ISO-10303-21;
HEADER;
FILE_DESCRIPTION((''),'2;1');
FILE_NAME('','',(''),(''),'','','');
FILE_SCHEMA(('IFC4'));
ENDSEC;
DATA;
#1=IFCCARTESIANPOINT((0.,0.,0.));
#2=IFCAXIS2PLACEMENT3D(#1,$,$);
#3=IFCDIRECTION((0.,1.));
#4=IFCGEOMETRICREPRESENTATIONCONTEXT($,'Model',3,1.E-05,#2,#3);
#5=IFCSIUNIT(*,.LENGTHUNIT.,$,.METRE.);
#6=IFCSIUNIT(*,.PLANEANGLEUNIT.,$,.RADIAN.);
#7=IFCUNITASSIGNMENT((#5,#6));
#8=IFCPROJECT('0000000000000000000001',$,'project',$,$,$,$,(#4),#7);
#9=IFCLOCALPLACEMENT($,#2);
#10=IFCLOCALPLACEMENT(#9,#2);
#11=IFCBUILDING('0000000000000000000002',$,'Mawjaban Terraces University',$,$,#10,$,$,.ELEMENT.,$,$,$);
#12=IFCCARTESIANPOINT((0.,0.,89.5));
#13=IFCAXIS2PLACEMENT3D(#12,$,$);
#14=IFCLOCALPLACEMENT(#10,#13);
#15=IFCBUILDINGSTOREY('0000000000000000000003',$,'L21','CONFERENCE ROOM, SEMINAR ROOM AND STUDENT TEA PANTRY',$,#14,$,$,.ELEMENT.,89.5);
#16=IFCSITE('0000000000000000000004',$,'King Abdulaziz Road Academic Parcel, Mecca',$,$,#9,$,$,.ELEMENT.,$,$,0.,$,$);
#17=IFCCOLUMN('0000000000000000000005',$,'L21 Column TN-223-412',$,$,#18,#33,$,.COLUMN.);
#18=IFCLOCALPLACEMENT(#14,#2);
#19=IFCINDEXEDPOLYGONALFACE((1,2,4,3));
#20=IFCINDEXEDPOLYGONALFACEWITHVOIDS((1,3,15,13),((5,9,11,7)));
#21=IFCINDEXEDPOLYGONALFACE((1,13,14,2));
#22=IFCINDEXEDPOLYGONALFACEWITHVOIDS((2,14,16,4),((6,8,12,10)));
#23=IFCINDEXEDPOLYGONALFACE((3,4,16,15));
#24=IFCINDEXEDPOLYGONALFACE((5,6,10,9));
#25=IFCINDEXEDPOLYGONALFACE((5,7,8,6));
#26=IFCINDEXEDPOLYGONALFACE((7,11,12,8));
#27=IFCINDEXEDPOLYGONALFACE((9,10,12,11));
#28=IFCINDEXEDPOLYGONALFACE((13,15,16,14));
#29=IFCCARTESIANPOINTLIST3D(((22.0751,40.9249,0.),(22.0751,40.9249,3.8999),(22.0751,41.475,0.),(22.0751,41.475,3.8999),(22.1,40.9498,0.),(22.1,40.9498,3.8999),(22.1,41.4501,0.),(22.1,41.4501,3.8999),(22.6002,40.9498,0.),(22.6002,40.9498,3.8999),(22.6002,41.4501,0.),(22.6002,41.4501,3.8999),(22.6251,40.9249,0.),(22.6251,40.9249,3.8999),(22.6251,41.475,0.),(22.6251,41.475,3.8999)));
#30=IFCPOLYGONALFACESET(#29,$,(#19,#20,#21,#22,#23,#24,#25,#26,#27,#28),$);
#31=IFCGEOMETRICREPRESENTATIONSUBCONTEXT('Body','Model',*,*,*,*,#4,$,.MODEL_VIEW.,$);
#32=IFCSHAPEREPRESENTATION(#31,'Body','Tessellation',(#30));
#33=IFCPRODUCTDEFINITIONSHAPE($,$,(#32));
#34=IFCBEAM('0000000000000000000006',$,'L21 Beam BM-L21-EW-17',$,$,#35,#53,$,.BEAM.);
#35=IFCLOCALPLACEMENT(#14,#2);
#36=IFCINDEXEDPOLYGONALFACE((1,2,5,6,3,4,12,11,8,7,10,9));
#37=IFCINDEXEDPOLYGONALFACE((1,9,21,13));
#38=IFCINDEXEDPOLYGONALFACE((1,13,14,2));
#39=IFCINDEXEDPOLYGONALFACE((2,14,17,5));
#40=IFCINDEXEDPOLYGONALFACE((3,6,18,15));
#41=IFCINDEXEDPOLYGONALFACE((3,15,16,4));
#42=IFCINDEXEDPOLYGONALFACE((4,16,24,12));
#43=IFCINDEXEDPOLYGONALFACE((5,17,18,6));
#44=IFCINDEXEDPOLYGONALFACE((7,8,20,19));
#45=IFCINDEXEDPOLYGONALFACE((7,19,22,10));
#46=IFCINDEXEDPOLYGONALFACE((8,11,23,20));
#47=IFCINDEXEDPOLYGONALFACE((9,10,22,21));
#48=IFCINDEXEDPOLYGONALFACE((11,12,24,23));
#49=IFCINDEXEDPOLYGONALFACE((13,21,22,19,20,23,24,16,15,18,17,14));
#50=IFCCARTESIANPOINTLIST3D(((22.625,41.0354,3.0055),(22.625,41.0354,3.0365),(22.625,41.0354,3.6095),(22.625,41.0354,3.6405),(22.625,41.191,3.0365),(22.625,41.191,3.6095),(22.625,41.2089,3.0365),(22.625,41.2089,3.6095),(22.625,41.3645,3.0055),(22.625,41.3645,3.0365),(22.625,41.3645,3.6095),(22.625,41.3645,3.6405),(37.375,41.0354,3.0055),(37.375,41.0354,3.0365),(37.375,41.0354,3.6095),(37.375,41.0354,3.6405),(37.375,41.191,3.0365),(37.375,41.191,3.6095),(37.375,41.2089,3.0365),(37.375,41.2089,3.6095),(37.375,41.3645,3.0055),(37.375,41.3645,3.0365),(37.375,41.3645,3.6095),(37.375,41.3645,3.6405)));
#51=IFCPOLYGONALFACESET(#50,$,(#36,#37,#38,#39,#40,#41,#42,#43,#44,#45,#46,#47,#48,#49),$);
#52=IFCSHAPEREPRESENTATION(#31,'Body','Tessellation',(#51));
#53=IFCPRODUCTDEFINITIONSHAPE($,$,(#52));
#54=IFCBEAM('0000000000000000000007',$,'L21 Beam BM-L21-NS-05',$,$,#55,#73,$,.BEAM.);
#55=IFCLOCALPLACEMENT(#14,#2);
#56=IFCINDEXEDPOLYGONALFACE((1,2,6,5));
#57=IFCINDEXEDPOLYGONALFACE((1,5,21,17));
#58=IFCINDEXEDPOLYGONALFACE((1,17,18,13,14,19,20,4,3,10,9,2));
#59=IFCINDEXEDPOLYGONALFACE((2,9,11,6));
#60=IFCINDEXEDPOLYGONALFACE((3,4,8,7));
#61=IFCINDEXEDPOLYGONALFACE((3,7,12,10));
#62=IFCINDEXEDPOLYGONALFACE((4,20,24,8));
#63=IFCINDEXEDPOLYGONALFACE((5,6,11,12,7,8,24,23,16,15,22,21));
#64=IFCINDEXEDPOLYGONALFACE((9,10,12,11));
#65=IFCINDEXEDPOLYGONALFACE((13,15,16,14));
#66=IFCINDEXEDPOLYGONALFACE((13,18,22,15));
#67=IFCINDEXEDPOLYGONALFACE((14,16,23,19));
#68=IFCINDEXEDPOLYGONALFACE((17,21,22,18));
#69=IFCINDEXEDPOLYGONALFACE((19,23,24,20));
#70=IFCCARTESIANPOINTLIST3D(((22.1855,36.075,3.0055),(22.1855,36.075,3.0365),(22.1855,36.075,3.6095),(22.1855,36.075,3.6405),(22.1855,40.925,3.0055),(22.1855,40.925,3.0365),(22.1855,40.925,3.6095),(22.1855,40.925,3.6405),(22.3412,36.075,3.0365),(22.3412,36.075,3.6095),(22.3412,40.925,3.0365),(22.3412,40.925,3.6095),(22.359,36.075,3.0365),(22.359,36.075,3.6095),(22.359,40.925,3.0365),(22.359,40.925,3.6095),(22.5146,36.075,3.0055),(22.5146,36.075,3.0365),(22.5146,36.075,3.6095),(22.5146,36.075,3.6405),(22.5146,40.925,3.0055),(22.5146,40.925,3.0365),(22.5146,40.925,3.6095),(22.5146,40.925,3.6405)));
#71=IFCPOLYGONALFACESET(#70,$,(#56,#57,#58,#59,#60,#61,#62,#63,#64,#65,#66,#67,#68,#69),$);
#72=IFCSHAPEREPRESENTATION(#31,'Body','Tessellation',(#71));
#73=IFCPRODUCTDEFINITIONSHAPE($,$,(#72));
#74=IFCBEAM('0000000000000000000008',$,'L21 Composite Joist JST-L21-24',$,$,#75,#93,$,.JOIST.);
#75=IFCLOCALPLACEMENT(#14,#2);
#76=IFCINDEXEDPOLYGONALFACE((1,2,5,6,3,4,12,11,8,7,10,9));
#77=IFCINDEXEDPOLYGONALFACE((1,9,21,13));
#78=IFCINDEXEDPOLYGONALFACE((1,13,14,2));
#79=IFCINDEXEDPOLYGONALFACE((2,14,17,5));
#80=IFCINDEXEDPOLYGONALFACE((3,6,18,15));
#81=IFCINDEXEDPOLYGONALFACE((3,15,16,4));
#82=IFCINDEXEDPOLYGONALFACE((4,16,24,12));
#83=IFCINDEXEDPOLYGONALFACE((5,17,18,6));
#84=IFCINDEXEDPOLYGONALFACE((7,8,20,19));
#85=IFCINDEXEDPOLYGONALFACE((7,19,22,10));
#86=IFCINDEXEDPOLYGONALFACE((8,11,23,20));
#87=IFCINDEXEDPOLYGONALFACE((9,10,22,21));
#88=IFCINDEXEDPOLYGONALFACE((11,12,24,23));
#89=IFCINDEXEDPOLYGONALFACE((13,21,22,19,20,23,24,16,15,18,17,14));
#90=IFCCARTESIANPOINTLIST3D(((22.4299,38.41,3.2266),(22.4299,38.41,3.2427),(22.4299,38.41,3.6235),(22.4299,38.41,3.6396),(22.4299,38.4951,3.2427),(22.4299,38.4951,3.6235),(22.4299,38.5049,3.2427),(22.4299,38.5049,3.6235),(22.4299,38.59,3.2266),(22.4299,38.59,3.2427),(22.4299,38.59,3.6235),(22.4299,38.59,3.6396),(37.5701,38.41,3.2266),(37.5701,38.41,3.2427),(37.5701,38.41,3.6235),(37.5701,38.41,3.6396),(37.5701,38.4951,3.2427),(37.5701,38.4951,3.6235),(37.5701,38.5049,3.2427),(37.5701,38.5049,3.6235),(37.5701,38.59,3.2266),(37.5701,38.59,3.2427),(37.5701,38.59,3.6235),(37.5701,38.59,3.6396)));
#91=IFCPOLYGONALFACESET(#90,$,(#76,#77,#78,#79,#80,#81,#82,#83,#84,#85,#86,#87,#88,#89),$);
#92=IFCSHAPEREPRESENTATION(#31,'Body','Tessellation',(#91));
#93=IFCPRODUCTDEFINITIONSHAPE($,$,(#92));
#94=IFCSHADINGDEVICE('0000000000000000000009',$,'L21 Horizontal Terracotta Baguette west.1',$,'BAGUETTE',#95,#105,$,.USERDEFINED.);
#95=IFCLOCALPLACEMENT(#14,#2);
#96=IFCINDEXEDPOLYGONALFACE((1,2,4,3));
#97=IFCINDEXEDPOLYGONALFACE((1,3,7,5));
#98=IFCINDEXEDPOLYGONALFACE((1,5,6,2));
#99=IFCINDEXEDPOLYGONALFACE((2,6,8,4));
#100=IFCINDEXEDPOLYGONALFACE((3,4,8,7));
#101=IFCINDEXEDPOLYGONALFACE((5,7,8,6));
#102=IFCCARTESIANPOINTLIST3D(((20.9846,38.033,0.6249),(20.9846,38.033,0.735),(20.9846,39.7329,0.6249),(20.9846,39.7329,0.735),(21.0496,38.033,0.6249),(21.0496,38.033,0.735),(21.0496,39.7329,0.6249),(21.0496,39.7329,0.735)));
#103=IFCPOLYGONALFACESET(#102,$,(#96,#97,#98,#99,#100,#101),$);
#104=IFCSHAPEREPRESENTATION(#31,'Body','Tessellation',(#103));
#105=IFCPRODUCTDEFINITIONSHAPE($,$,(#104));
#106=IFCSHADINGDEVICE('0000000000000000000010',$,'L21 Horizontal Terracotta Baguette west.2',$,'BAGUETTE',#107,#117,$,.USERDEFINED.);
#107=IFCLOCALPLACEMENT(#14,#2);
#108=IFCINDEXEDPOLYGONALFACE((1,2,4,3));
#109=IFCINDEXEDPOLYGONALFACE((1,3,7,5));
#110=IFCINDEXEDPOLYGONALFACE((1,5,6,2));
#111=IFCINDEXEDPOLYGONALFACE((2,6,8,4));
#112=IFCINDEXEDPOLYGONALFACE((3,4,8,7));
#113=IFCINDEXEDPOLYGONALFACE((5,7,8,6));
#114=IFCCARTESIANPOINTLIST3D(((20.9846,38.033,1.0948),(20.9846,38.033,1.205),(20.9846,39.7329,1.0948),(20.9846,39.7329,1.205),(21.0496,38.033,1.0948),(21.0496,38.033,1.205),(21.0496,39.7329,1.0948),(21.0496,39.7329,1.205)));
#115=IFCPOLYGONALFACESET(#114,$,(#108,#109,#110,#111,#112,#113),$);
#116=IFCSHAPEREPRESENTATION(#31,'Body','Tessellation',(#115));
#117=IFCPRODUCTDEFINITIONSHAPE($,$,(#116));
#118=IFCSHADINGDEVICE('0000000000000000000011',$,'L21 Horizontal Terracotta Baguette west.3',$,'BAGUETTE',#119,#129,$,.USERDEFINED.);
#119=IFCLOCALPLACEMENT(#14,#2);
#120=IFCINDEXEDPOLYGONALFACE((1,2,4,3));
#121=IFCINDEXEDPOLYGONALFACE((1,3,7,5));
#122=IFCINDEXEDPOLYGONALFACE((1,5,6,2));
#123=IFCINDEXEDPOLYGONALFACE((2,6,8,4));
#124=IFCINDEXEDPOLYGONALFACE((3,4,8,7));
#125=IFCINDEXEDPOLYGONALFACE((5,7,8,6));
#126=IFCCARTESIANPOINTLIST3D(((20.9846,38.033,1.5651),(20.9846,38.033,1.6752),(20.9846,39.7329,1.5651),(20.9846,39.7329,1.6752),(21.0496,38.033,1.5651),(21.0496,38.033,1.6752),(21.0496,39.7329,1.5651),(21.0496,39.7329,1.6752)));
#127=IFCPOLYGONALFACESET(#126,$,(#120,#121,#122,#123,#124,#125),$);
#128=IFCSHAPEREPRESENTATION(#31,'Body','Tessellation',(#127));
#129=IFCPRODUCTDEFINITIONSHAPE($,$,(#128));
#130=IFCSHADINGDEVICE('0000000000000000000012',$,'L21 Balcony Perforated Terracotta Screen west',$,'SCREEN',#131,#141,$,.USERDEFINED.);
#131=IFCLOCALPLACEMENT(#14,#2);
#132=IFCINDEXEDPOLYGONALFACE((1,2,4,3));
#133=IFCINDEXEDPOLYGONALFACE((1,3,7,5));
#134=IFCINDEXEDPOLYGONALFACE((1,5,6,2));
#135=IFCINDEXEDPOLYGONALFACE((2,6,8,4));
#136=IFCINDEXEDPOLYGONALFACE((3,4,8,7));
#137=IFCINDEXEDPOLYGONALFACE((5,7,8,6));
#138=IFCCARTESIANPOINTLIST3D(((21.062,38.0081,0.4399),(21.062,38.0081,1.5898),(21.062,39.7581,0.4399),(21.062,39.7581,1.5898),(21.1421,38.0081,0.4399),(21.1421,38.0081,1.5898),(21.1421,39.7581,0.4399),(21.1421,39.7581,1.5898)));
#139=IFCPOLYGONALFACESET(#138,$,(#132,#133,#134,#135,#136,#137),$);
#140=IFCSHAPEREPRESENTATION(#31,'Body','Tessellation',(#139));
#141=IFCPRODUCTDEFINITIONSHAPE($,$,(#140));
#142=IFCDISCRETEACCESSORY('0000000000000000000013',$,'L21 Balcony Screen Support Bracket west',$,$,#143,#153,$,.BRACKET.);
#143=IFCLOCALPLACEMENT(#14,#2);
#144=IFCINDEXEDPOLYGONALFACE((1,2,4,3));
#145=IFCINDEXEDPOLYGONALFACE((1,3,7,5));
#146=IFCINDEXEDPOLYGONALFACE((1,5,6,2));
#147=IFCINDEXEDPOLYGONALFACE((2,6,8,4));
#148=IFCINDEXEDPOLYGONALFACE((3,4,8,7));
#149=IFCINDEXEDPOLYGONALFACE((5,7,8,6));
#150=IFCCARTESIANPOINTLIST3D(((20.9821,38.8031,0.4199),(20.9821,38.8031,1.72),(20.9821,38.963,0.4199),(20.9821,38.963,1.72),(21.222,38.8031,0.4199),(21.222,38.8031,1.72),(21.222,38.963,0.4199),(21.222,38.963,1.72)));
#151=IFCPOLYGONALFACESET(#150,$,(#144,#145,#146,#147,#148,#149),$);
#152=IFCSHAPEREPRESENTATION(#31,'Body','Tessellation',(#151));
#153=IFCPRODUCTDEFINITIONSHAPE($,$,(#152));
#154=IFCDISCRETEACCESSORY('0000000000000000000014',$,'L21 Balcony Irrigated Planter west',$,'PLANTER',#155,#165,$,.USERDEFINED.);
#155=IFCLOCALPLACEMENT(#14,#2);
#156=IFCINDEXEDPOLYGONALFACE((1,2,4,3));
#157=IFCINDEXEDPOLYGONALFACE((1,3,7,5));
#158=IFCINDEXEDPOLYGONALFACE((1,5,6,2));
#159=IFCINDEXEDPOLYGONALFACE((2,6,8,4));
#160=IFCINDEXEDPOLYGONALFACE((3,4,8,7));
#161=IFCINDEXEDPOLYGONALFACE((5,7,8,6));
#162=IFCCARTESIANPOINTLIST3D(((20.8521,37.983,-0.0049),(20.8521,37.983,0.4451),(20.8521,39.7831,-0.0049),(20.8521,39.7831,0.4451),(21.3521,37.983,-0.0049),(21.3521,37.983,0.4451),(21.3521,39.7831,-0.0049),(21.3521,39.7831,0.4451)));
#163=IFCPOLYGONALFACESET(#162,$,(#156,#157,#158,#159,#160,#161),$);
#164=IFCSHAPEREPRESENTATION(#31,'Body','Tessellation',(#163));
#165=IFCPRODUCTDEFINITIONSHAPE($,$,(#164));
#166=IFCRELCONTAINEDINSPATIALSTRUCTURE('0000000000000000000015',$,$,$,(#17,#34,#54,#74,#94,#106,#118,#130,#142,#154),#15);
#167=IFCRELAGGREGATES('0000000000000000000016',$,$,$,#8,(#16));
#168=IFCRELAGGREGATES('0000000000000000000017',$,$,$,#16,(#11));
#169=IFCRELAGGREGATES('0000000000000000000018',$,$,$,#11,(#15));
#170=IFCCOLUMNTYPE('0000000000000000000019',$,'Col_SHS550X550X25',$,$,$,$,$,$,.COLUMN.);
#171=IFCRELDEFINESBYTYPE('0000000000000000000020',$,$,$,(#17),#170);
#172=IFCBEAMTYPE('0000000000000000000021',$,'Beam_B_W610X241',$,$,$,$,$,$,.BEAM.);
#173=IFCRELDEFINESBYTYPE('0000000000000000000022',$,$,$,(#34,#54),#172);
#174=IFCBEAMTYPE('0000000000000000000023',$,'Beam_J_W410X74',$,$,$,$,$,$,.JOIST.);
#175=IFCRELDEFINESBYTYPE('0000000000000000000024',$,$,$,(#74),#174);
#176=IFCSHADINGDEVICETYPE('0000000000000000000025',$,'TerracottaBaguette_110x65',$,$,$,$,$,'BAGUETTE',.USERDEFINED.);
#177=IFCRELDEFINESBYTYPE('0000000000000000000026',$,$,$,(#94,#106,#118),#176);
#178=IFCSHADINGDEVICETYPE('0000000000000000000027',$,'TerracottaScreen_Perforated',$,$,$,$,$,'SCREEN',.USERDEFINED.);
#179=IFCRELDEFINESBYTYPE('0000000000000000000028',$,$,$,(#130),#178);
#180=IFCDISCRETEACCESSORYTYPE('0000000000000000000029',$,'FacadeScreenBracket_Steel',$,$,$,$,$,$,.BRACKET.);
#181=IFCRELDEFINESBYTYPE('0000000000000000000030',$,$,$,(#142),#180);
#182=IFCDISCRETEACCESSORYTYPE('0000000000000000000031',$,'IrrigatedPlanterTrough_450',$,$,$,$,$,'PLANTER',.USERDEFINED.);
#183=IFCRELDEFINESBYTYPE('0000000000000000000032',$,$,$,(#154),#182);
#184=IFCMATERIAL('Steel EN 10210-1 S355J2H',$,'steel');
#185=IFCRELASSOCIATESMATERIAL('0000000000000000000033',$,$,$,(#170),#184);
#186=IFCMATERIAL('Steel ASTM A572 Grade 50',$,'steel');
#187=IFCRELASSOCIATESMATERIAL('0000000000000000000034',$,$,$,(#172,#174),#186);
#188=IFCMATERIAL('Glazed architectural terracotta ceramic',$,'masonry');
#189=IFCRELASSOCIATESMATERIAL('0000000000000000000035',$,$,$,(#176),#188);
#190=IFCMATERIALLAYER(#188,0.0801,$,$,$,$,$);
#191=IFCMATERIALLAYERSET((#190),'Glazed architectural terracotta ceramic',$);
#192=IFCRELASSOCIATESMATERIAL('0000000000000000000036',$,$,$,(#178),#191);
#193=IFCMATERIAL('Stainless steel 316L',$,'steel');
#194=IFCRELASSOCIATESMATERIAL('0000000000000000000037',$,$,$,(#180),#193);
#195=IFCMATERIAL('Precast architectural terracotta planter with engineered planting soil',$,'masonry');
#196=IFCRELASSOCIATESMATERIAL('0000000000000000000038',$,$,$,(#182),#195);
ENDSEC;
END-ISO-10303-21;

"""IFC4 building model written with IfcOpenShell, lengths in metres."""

from ifc_helpers import new_model, si_unit, direction, frame, origin, origin_2d, place, context, subcontext, project, spatial, rectangle, hollow_rectangle, i_section, extrude, material, layer, layer_set, material_profile, profile_set, type_object, element, save


model = new_model("IFC4")

# Units and contexts
model_context = context("Model", 3, precision=1e-05, world=origin(), true_north=direction((0.0, 1.0)))
body_context = subcontext(model_context, "Body", "Model", "MODEL_VIEW")
ifc_project = project(units=[si_unit("LENGTHUNIT", "METRE"), si_unit("PLANEANGLEUNIT", "RADIAN")], contexts=[model_context])

# Site, building, storey
site_placement = place(None, origin())
site = spatial("IfcSite", under=ifc_project, at=site_placement, Name="King Abdulaziz Road Academic Parcel, Mecca", CompositionType="ELEMENT", RefElevation=0.0)
building_placement = place(site_placement, origin())
building = spatial("IfcBuilding", under=site, at=building_placement, Name="Mawjaban Terraces University", CompositionType="ELEMENT")
storey_placement = place(building_placement, frame((0.0, 0.0, 89.5)))
storey = spatial("IfcBuildingStorey", under=building, at=storey_placement, Name="L21", Description="CONFERENCE ROOM, SEMINAR ROOM AND STUDENT TEA PANTRY", CompositionType="ELEMENT", Elevation=89.5)

# Column
ifc_material_1 = material(Name="Steel EN 10210-1 S355J2H", Category="steel")
ifc_material_profile_1 = material_profile(ifc_material_1, hollow_rectangle(XDim=0.55, YDim=0.55, WallThickness=0.0249, at=origin_2d()), Name="SHS550X550X25")
ifc_profile_set_1 = profile_set([ifc_material_profile_1], Name="Steel EN 10210-1 S355J2H")
column_type = type_object("IfcColumnType", Name="Col_SHS550X550X25", PredefinedType="COLUMN", material=ifc_profile_set_1)
column_placement = place(storey_placement, frame((22.3501, 41.2, 0.0), z_axis=(0.0, 0.0, 1.0), x_axis=(1.0, 0.0, 0.0)))
element("IfcColumn", 1, at=column_placement, inside=storey, type_object=column_type, Name="L21 Column TN-223-412", PredefinedType="COLUMN", context=body_context, shape_type="SweptSolid", body=[
    extrude(hollow_rectangle(XDim=0.55, YDim=0.55, WallThickness=0.0249, at=origin_2d()), origin(), (0.0, 0.0, 1.0), 3.8999),
])

# Beams
ifc_material_2 = material(Name="Steel ASTM A572 Grade 50", Category="steel")
ifc_material_profile_2 = material_profile(ifc_material_2, i_section(OverallWidth=0.3291, OverallDepth=0.635, WebThickness=0.0178, FlangeThickness=0.031, at=origin_2d()), Name="W610X241")
ifc_profile_set_2 = profile_set([ifc_material_profile_2], Name="Steel ASTM A572 Grade 50")
beam_type_1 = type_object("IfcBeamType", Name="Beam_B_W610X241", PredefinedType="BEAM", material=ifc_profile_set_2)
beam_1_placement = place(storey_placement, frame((22.625, 41.2, 3.323), z_axis=(1.0, 0.0, 0.0), x_axis=(0.0, 1.0, 0.0)))
element("IfcBeam", 2, at=beam_1_placement, inside=storey, type_object=beam_type_1, Name="L21 Beam BM-L21-EW-17", PredefinedType="BEAM", context=body_context, shape_type="SweptSolid", body=[
    extrude(i_section(OverallWidth=0.3291, OverallDepth=0.635, WebThickness=0.0178, FlangeThickness=0.031, at=origin_2d()), origin(), (0.0, 0.0, 1.0), 14.75),
])
beam_2_placement = place(storey_placement, frame((22.3501, 36.075, 3.323), z_axis=(0.0, 1.0, 0.0), x_axis=(-1.0, 0.0, 0.0)))
element("IfcBeam", 3, at=beam_2_placement, inside=storey, type_object=beam_type_1, Name="L21 Beam BM-L21-NS-05", PredefinedType="BEAM", context=body_context, shape_type="SweptSolid", body=[
    extrude(i_section(OverallWidth=0.3291, OverallDepth=0.635, WebThickness=0.0178, FlangeThickness=0.031, at=origin_2d()), origin(), (0.0, 0.0, 1.0), 4.8501),
])
ifc_material_profile_3 = material_profile(ifc_material_2, i_section(OverallWidth=0.1799, OverallDepth=0.4131, WebThickness=0.0098, FlangeThickness=0.0161, at=origin_2d()), Name="W410X74")
ifc_profile_set_3 = profile_set([ifc_material_profile_3], Name="Steel ASTM A572 Grade 50")
beam_type_2 = type_object("IfcBeamType", Name="Beam_J_W410X74", PredefinedType="JOIST", material=ifc_profile_set_3)
beam_3_placement = place(storey_placement, frame((22.4299, 38.5, 3.4331), z_axis=(1.0, 0.0, 0.0), x_axis=(0.0, 1.0, 0.0)))
element("IfcBeam", 4, at=beam_3_placement, inside=storey, type_object=beam_type_2, Name="L21 Composite Joist JST-L21-24", PredefinedType="JOIST", context=body_context, shape_type="SweptSolid", body=[
    extrude(i_section(OverallWidth=0.1799, OverallDepth=0.4131, WebThickness=0.0098, FlangeThickness=0.0161, at=origin_2d()), origin(), (0.0, 0.0, 1.0), 15.1401),
])

# Shading devices
ifc_material_3 = material(Name="Glazed architectural terracotta ceramic", Category="masonry")
ifc_material_profile_4 = material_profile(ifc_material_3, rectangle(XDim=0.0649, YDim=0.1101, at=origin_2d()), Name="TBAG110X65")
ifc_profile_set_4 = profile_set([ifc_material_profile_4], Name="Glazed architectural terracotta ceramic")
shading_device_type_1 = type_object("IfcShadingDeviceType", Name="TerracottaBaguette_110x65", ElementType="BAGUETTE", PredefinedType="USERDEFINED", material=ifc_profile_set_4)
for number, where, z_axis, x_axis, name in (
    (5, (21.0171, 38.033, 0.6799), (0.0, 1.0, 0.0), (-1.0, 0.0, 0.0), "L21 Horizontal Terracotta Baguette west.1"),
    (6, (21.0171, 38.033, 1.1499), (0.0, 1.0, 0.0), (-1.0, 0.0, 0.0), "L21 Horizontal Terracotta Baguette west.2"),
    (7, (21.0171, 38.033, 1.6201), (0.0, 1.0, 0.0), (-1.0, 0.0, 0.0), "L21 Horizontal Terracotta Baguette west.3"),
):
    element("IfcShadingDevice", number, at=place(storey_placement, frame(where, z_axis=z_axis, x_axis=x_axis)), inside=storey, type_object=shading_device_type_1, Name=name, ObjectType="BAGUETTE", PredefinedType="USERDEFINED", context=body_context, shape_type="SweptSolid", body=[
        extrude(rectangle(XDim=0.0649, YDim=0.1101, at=origin_2d()), origin(), (0.0, 0.0, 1.0), 1.7),
    ])
ifc_layer = layer(ifc_material_3, 0.0801)
ifc_layer_set = layer_set([ifc_layer], Name="Glazed architectural terracotta ceramic")
shading_device_type_2 = type_object("IfcShadingDeviceType", Name="TerracottaScreen_Perforated", ElementType="SCREEN", PredefinedType="USERDEFINED", material=ifc_layer_set)
shading_device_placement = place(storey_placement, frame((21.1021, 38.8831, 0.4399), z_axis=(0.0, 0.0, 1.0), x_axis=(0.0, 1.0, 0.0)))
element("IfcShadingDevice", 8, at=shading_device_placement, inside=storey, type_object=shading_device_type_2, Name="L21 Balcony Perforated Terracotta Screen west", ObjectType="SCREEN", PredefinedType="USERDEFINED", context=body_context, shape_type="SweptSolid", body=[
    extrude(rectangle(XDim=1.75, YDim=0.0801, at=origin_2d()), origin(), (0.0, 0.0, 1.0), 1.1499),
])

# Discrete accessories
ifc_material_4 = material(Name="Stainless steel 316L", Category="steel")
discrete_accessory_type_1 = type_object("IfcDiscreteAccessoryType", Name="FacadeScreenBracket_Steel", PredefinedType="BRACKET", material=ifc_material_4)
discrete_accessory_1_placement = place(storey_placement, frame((21.1021, 38.8831, 0.4199), z_axis=(0.0, 0.0, 1.0), x_axis=(0.0, 1.0, 0.0)))
element("IfcDiscreteAccessory", 9, at=discrete_accessory_1_placement, inside=storey, type_object=discrete_accessory_type_1, Name="L21 Balcony Screen Support Bracket west", PredefinedType="BRACKET", context=body_context, shape_type="SweptSolid", body=[
    extrude(rectangle(XDim=0.1599, YDim=0.24, at=origin_2d()), origin(), (0.0, 0.0, 1.0), 1.3),
])
ifc_material_5 = material(Name="Precast architectural terracotta planter with engineered planting soil", Category="masonry")
discrete_accessory_type_2 = type_object("IfcDiscreteAccessoryType", Name="IrrigatedPlanterTrough_450", ElementType="PLANTER", PredefinedType="USERDEFINED", material=ifc_material_5)
discrete_accessory_2_placement = place(storey_placement, frame((21.1021, 38.8831, -0.0049), z_axis=(0.0, 0.0, 1.0), x_axis=(0.0, 1.0, 0.0)))
element("IfcDiscreteAccessory", 10, at=discrete_accessory_2_placement, inside=storey, type_object=discrete_accessory_type_2, Name="L21 Balcony Irrigated Planter west", ObjectType="PLANTER", PredefinedType="USERDEFINED", context=body_context, shape_type="SweptSolid", body=[
    extrude(rectangle(XDim=1.8, YDim=0.5, at=origin_2d()), origin(), (0.0, 0.0, 1.0), 0.45),
])

save(model, "model.ifc")
